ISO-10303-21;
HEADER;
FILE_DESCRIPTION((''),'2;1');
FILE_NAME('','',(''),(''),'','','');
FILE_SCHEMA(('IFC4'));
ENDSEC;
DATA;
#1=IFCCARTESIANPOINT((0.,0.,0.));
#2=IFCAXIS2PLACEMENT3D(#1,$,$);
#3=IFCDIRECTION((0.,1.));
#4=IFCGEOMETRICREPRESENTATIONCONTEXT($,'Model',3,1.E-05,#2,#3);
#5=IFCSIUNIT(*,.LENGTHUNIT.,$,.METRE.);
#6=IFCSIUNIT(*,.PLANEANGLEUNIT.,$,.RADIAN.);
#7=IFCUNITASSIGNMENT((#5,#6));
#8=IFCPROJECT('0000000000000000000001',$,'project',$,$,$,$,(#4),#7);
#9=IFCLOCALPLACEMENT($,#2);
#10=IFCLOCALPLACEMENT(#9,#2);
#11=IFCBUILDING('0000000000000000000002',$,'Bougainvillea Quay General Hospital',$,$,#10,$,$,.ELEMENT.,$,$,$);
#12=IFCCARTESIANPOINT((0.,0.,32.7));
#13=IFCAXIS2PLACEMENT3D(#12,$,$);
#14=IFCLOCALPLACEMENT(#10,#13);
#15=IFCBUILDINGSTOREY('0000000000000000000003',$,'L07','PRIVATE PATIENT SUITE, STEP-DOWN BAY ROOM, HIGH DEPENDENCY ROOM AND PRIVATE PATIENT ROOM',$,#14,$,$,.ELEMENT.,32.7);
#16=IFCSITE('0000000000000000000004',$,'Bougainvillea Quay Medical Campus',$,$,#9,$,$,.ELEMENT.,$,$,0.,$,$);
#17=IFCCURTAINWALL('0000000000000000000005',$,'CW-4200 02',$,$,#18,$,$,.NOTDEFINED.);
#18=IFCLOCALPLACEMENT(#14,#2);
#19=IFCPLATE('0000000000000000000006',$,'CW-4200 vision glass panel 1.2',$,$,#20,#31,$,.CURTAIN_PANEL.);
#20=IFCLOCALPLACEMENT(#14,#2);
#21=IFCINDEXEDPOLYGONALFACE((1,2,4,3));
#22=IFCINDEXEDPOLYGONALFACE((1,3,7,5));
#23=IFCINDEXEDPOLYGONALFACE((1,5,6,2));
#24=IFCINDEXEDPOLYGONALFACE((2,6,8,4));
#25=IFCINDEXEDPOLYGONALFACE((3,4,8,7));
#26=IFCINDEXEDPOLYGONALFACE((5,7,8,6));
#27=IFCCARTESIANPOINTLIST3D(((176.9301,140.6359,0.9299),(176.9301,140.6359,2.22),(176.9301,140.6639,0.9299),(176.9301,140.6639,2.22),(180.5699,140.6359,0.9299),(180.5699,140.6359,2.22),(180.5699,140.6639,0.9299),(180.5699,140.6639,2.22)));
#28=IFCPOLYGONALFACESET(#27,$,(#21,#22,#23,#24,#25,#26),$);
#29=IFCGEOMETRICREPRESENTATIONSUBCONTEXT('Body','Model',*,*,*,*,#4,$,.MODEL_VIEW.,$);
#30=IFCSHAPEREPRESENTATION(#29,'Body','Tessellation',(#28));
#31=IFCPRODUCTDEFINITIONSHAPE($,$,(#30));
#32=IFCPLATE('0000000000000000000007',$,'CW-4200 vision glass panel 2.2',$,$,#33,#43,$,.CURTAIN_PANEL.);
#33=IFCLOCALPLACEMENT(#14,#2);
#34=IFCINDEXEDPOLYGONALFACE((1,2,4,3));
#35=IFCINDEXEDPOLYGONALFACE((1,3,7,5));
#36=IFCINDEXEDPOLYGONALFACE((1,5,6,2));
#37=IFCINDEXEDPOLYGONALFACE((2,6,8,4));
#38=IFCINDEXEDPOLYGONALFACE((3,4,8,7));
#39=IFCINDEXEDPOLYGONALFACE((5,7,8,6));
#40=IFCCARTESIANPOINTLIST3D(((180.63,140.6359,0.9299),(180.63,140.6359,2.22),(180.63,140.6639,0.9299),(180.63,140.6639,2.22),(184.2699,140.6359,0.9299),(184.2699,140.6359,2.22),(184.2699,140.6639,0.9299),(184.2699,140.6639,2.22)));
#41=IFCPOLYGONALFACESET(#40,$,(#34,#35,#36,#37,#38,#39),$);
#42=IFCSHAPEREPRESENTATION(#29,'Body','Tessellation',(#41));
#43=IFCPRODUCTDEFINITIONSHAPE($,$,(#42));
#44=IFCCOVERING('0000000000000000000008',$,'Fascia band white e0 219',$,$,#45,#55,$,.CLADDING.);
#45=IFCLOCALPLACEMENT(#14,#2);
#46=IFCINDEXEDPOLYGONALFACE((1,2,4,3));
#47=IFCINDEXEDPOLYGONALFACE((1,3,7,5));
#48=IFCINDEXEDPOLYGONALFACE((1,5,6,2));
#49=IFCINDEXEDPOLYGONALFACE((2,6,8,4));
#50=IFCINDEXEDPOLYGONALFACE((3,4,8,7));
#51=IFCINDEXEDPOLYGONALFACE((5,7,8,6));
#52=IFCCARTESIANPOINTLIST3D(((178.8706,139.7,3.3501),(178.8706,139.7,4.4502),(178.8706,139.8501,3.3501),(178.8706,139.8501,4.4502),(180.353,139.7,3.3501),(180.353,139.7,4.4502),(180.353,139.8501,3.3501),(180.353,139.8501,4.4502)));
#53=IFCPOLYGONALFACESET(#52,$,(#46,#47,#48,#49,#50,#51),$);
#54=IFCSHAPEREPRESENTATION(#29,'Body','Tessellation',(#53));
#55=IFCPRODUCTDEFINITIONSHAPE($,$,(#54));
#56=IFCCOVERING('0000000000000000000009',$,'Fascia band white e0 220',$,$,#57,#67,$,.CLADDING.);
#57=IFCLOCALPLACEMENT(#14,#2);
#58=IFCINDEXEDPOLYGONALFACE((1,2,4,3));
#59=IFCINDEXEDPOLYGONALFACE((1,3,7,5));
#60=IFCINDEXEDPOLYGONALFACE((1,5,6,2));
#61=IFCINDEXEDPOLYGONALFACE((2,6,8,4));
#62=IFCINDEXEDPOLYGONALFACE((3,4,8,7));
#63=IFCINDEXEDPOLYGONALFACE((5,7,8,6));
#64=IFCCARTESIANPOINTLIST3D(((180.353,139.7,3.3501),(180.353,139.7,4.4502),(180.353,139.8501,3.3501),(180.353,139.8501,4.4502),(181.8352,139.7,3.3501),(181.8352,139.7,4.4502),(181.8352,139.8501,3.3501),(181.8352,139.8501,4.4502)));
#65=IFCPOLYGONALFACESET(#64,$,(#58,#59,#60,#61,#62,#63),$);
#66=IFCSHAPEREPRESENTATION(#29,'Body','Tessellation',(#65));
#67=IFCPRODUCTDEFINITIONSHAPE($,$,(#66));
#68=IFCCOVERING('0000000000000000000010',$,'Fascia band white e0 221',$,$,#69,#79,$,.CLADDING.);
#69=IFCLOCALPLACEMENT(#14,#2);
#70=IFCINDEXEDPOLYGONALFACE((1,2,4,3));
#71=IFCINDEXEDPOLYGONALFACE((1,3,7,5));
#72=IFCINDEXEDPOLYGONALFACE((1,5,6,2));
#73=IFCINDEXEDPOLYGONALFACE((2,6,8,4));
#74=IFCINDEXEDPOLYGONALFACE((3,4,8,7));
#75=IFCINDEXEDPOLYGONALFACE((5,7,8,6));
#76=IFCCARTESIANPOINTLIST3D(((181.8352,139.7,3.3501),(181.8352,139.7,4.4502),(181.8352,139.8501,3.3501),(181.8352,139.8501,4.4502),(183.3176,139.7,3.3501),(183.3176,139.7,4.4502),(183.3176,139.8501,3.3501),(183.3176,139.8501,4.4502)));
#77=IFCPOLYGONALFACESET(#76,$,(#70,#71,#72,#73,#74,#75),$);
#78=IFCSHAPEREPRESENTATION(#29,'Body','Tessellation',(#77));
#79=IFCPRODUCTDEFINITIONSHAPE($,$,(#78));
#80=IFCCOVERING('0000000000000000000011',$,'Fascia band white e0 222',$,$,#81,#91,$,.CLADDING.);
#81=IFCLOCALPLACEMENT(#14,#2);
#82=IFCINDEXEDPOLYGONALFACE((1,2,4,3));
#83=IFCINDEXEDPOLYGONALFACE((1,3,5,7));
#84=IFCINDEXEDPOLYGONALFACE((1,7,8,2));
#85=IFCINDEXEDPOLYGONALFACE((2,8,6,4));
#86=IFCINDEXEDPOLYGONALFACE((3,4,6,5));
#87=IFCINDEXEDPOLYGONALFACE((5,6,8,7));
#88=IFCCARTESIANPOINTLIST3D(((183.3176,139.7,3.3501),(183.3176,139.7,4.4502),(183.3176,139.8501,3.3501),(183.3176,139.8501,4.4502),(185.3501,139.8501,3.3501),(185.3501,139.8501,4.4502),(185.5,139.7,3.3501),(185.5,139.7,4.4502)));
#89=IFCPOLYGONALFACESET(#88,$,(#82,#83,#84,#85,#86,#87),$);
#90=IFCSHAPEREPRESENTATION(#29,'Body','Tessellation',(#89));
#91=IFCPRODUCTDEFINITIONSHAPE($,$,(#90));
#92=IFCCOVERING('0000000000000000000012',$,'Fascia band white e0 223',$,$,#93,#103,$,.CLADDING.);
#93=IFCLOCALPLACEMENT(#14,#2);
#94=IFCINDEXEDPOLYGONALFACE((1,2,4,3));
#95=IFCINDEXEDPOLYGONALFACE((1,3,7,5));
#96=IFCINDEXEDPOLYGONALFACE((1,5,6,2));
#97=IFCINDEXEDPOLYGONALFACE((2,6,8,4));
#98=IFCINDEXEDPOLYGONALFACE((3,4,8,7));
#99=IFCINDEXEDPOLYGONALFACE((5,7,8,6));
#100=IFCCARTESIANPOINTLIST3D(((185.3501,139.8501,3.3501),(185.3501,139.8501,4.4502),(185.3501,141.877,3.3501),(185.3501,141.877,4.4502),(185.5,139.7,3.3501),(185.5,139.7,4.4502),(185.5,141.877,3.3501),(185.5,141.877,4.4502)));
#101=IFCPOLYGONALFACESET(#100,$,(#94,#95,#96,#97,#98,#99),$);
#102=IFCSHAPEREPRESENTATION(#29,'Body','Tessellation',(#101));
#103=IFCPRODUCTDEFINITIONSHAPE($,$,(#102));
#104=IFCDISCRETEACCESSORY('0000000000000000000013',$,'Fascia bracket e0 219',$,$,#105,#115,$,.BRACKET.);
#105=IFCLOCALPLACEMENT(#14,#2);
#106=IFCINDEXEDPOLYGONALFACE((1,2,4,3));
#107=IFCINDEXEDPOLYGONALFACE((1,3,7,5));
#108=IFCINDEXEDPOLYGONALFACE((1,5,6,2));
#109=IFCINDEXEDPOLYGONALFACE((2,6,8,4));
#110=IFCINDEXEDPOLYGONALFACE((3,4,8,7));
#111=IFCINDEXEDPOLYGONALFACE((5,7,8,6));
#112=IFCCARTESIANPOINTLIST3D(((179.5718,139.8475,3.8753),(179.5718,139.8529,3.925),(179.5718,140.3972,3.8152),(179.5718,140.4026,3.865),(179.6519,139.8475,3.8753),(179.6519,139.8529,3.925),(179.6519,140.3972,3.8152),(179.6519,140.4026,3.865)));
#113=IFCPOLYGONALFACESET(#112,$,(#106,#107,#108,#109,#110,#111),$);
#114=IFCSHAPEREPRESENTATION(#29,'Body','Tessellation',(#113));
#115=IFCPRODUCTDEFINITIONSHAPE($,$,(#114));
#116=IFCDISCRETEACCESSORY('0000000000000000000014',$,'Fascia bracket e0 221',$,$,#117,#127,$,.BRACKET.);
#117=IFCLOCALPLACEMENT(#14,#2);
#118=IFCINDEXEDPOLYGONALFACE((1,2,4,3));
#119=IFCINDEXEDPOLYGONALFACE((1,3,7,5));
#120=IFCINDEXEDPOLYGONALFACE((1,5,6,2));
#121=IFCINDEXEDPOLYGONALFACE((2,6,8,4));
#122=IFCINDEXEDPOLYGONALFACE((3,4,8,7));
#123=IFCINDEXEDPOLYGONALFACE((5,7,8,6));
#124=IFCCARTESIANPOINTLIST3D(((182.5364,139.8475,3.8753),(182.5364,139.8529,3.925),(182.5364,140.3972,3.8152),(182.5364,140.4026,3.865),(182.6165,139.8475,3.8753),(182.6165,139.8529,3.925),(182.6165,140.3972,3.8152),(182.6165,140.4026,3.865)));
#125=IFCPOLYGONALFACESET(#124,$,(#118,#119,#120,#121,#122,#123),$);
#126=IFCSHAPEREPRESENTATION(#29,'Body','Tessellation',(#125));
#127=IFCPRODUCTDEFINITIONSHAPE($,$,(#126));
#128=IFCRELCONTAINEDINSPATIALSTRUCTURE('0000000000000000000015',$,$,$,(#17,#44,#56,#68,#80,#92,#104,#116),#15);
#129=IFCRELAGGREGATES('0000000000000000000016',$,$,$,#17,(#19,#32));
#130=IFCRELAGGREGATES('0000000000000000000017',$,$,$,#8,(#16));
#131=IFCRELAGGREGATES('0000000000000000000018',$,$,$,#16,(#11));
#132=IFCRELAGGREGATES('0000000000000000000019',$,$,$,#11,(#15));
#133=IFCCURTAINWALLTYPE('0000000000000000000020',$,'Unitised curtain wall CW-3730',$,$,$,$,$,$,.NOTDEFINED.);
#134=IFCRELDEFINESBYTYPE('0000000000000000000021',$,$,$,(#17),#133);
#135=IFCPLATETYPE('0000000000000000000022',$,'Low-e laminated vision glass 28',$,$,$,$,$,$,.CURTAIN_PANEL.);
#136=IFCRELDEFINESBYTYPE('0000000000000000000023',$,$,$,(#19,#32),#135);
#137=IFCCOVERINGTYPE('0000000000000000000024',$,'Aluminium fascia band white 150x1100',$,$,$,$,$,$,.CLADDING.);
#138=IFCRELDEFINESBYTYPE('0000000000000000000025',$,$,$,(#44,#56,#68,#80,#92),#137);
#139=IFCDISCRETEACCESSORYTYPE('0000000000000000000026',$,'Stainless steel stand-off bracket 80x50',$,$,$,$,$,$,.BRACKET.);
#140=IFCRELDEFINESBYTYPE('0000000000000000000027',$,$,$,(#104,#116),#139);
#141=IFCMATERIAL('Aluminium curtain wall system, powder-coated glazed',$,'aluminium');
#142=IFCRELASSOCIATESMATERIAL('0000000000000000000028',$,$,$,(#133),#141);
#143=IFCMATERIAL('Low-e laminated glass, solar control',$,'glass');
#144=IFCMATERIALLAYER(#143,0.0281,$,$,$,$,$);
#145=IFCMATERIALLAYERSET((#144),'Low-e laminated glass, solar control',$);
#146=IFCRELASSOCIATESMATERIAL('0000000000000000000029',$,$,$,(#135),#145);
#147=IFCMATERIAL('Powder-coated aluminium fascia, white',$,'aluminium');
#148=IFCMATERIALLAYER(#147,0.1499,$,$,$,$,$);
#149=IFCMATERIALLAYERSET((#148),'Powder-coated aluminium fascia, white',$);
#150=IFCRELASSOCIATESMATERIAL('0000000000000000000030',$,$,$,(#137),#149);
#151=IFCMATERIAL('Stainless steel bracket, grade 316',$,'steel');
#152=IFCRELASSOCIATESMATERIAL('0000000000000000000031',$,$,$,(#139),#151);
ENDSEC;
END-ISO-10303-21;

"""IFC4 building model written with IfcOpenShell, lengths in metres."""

from ifc_helpers import new_model, si_unit, direction, frame, origin, origin_2d, place, context, subcontext, project, spatial, polyline, rectangle, outline, extrude, material, layer, layer_set, material_profile, profile_set, type_object, element, aggregate, save


model = new_model("IFC4")

# Units and contexts
model_context = context("Model", 3, precision=1e-05, world=origin(), true_north=direction((0.0, 1.0)))
body_context = subcontext(model_context, "Body", "Model", "MODEL_VIEW")
ifc_project = project(units=[si_unit("LENGTHUNIT", "METRE"), si_unit("PLANEANGLEUNIT", "RADIAN")], contexts=[model_context])

# Site, building, storey
site_placement = place(None, origin())
site = spatial("IfcSite", under=ifc_project, at=site_placement, Name="Bougainvillea Quay Medical Campus", CompositionType="ELEMENT", RefElevation=0.0)
building_placement = place(site_placement, origin())
building = spatial("IfcBuilding", under=site, at=building_placement, Name="Bougainvillea Quay General Hospital", CompositionType="ELEMENT")
storey_placement = place(building_placement, frame((0.0, 0.0, 32.7)))
storey = spatial("IfcBuildingStorey", under=building, at=storey_placement, Name="L07", Description="PRIVATE PATIENT SUITE, STEP-DOWN BAY ROOM, HIGH DEPENDENCY ROOM AND PRIVATE PATIENT ROOM", CompositionType="ELEMENT", Elevation=32.7)

# Curtain wall
ifc_material_1 = material(Name="Aluminium curtain wall system, powder-coated glazed", Category="aluminium")
curtain_wall_type_1 = type_object("IfcCurtainWallType", Name="Unitised curtain wall CW-3730", PredefinedType="NOTDEFINED", material=ifc_material_1)
curtain_wall_1_placement = place(storey_placement, origin())
curtain_wall_1 = element("IfcCurtainWall", 1, at=curtain_wall_1_placement, inside=storey, type_object=curtain_wall_type_1, Name="CW-4200 02", PredefinedType="NOTDEFINED")

# Plates
ifc_material_2 = material(Name="Low-e laminated glass, solar control", Category="glass")
ifc_layer_1 = layer(ifc_material_2, 0.0281)
ifc_layer_set_1 = layer_set([ifc_layer_1], Name="Low-e laminated glass, solar control")
plate_type_1 = type_object("IfcPlateType", Name="Low-e laminated vision glass 28", PredefinedType="CURTAIN_PANEL", material=ifc_layer_set_1)
plate_1_placement = place(storey_placement, frame((178.75, 140.6499, 0.9299), z_axis=(0.0, 0.0, 1.0), x_axis=(1.0, 0.0, 0.0)))
plate_1 = element("IfcPlate", 2, at=plate_1_placement, type_object=plate_type_1, Name="CW-4200 vision glass panel 1.2", PredefinedType="CURTAIN_PANEL", context=body_context, shape_type="SweptSolid", body=[
    extrude(rectangle(XDim=3.6399, YDim=0.0281, at=origin_2d()), origin(), (0.0, 0.0, 1.0), 1.29),
])
plate_2_placement = place(storey_placement, frame((182.45, 140.6499, 0.9299), z_axis=(0.0, 0.0, 1.0), x_axis=(1.0, 0.0, 0.0)))
plate_2 = element("IfcPlate", 3, at=plate_2_placement, type_object=plate_type_1, Name="CW-4200 vision glass panel 2.2", PredefinedType="CURTAIN_PANEL", context=body_context, shape_type="SweptSolid", body=[
    extrude(rectangle(XDim=3.6399, YDim=0.0281, at=origin_2d()), origin(), (0.0, 0.0, 1.0), 1.29),
])
aggregate(curtain_wall_1, [plate_1, plate_2])

# Coverings
ifc_material_3 = material(Name="Powder-coated aluminium fascia, white", Category="aluminium")
ifc_layer_2 = layer(ifc_material_3, 0.1499)
ifc_layer_set_2 = layer_set([ifc_layer_2], Name="Powder-coated aluminium fascia, white")
covering_type = type_object("IfcCoveringType", Name="Aluminium fascia band white 150x1100", PredefinedType="CLADDING", material=ifc_layer_set_2)
covering_1_placement = place(storey_placement, frame((178.8706, 139.8501, 3.3501), z_axis=(0.0, 0.0, 1.0), x_axis=(1.0, 0.0, 0.0)))
element("IfcCovering", 4, at=covering_1_placement, inside=storey, type_object=covering_type, Name="Fascia band white e0 219", PredefinedType="CLADDING", context=body_context, shape_type="SweptSolid", body=[
    extrude(outline(polyline([(0.0, 0.0), (1.4824, 0.0), (1.4824, -0.1501), (0.0, -0.1501), (0.0, 0.0)])), origin(), (0.0, 0.0, 1.0), 1.1001),
])
covering_2_placement = place(storey_placement, frame((180.353, 139.8501, 3.3501), z_axis=(0.0, 0.0, 1.0), x_axis=(1.0, 0.0, 0.0)))
element("IfcCovering", 5, at=covering_2_placement, inside=storey, type_object=covering_type, Name="Fascia band white e0 220", PredefinedType="CLADDING", context=body_context, shape_type="SweptSolid", body=[
    extrude(outline(polyline([(0.0, 0.0), (1.4822, 0.0), (1.4822, -0.1501), (0.0, -0.1501), (0.0, 0.0)])), origin(), (0.0, 0.0, 1.0), 1.1001),
])
covering_3_placement = place(storey_placement, frame((181.8352, 139.8501, 3.3501), z_axis=(0.0, 0.0, 1.0), x_axis=(1.0, 0.0, 0.0)))
element("IfcCovering", 6, at=covering_3_placement, inside=storey, type_object=covering_type, Name="Fascia band white e0 221", PredefinedType="CLADDING", context=body_context, shape_type="SweptSolid", body=[
    extrude(outline(polyline([(0.0, 0.0), (1.4824, 0.0), (1.4824, -0.1501), (0.0, -0.1501), (0.0, 0.0)])), origin(), (0.0, 0.0, 1.0), 1.1001),
])
covering_4_placement = place(storey_placement, frame((183.3176, 139.8501, 3.3501), z_axis=(0.0, 0.0, 1.0), x_axis=(1.0, 0.0, 0.0)))
element("IfcCovering", 7, at=covering_4_placement, inside=storey, type_object=covering_type, Name="Fascia band white e0 222", PredefinedType="CLADDING", context=body_context, shape_type="SweptSolid", body=[
    extrude(outline(polyline([(0.0, 0.0), (2.0325, 0.0), (2.1824, -0.1501), (0.0, -0.1501), (0.0, 0.0)])), origin(), (0.0, 0.0, 1.0), 1.1001),
])
covering_5_placement = place(storey_placement, frame((185.3501, 139.8501, 3.3501), z_axis=(0.0, 0.0, 1.0), x_axis=(0.0, 1.0, 0.0)))
element("IfcCovering", 8, at=covering_5_placement, inside=storey, type_object=covering_type, Name="Fascia band white e0 223", PredefinedType="CLADDING", context=body_context, shape_type="SweptSolid", body=[
    extrude(outline(polyline([(0.0, 0.0), (2.0269, 0.0), (2.0269, -0.1499), (-0.1501, -0.1499), (0.0, 0.0)])), origin(), (0.0, 0.0, 1.0), 1.1001),
])

# Discrete accessories
ifc_material_4 = material(Name="Stainless steel bracket, grade 316", Category="steel")
ifc_material_profile_1 = material_profile(ifc_material_4, rectangle(XDim=0.0801, YDim=0.05, at=origin_2d()))
ifc_profile_set_1 = profile_set([ifc_material_profile_1], Name="Stainless steel bracket, grade 316")
discrete_accessory_type = type_object("IfcDiscreteAccessoryType", Name="Stainless steel stand-off bracket 80x50", PredefinedType="BRACKET", material=ifc_profile_set_1)
for number, where, z_axis, x_axis, name in (
    (9, (179.6118, 140.3999, 3.8401), (0.0, -0.994087, 0.10859), (1.0, 0.0, 0.0), "Fascia bracket e0 219"),
    (10, (182.5764, 140.3999, 3.8401), (0.0, -0.994087, 0.10859), (1.0, 0.0, 0.0), "Fascia bracket e0 221"),
):
    element("IfcDiscreteAccessory", number, at=place(storey_placement, frame(where, z_axis=z_axis, x_axis=x_axis)), inside=storey, type_object=discrete_accessory_type, Name=name, PredefinedType="BRACKET", context=body_context, shape_type="SweptSolid", body=[
        extrude(rectangle(XDim=0.0801, YDim=0.05, at=origin_2d()), origin(), (0.0, 0.0, 1.0), 0.553),
    ])

save(model, "model.ifc")
